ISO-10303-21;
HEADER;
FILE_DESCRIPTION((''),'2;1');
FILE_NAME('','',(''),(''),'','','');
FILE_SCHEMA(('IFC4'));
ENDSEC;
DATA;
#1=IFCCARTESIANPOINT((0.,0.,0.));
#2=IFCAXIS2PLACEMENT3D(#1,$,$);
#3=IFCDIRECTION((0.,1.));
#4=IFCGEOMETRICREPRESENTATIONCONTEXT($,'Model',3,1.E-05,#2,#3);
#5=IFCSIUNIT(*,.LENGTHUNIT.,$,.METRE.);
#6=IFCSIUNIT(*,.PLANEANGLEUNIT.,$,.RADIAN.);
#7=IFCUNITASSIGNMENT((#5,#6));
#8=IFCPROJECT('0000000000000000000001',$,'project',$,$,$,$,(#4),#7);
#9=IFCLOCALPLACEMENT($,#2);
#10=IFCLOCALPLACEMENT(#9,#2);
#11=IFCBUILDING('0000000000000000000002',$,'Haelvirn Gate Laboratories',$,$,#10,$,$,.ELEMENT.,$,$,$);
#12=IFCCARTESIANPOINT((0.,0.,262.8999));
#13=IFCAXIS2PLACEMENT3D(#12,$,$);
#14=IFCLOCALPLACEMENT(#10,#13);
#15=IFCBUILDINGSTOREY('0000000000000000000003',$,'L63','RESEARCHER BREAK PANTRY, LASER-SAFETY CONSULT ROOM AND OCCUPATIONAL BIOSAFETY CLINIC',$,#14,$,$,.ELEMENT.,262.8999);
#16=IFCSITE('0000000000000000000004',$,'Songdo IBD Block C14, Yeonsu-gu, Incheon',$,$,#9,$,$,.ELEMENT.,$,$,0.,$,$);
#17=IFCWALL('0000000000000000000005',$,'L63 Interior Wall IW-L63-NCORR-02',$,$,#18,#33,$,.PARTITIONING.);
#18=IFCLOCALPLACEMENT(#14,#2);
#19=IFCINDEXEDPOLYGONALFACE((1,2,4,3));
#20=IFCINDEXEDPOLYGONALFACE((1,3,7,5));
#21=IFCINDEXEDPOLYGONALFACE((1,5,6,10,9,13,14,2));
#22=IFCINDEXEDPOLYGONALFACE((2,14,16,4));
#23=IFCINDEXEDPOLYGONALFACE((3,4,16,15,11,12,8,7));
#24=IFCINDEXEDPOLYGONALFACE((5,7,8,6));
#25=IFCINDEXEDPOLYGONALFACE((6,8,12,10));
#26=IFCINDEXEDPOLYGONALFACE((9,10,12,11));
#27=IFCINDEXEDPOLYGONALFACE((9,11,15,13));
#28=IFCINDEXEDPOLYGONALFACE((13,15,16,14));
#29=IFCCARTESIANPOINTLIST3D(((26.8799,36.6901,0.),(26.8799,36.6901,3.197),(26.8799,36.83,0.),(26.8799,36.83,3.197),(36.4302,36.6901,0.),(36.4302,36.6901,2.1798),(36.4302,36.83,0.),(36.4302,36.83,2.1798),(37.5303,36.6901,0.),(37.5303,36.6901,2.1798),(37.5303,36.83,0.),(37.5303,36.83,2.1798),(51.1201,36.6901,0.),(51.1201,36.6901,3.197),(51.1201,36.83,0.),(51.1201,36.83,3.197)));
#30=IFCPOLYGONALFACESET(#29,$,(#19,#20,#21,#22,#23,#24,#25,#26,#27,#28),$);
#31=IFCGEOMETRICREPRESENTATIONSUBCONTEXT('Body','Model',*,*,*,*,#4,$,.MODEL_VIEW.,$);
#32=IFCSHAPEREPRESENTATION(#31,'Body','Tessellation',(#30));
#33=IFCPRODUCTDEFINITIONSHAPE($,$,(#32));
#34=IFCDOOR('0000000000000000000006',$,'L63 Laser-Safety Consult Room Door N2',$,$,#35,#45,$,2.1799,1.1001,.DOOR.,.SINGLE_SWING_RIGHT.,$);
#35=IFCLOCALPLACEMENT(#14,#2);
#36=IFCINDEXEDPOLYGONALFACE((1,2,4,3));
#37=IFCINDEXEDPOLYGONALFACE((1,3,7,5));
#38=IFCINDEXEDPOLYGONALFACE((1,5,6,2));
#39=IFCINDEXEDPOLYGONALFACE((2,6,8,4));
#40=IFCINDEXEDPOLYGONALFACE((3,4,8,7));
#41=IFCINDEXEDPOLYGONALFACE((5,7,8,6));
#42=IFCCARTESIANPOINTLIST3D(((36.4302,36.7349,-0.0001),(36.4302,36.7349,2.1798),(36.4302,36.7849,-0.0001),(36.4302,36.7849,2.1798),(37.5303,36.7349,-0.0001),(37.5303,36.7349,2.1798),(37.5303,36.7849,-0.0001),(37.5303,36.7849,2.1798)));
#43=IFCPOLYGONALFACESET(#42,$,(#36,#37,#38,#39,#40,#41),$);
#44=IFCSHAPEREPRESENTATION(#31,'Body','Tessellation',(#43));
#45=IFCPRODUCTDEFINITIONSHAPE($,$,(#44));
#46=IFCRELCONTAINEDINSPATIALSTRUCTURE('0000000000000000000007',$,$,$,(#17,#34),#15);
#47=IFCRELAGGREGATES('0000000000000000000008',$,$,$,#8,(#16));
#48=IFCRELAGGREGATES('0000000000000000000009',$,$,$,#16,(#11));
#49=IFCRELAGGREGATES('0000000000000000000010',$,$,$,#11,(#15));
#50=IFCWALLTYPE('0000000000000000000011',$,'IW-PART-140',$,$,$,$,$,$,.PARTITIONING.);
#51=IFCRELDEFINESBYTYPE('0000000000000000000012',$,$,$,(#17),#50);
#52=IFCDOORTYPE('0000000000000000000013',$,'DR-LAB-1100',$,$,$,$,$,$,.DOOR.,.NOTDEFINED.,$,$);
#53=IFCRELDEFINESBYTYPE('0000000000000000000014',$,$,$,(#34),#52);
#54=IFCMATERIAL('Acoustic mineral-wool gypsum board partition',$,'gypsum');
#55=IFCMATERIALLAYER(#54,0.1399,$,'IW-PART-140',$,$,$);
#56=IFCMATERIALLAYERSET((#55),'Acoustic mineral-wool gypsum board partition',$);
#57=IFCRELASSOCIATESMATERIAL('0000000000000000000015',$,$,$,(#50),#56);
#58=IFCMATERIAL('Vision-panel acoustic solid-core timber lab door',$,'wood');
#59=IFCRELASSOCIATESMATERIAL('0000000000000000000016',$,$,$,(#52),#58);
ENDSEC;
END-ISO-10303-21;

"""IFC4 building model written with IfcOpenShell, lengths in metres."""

from ifc_helpers import new_model, si_unit, direction, frame, frame_2d, origin, place, context, subcontext, project, spatial, rectangle, extrude, source, transform, mapped, material, layer, layer_set, type_object, type_shapes, element, fill, save


model = new_model("IFC4")

# Units and contexts
model_context = context("Model", 3, precision=1e-05, world=origin(), true_north=direction((0.0, 1.0)))
body_context = subcontext(model_context, "Body", "Model", "MODEL_VIEW")
ifc_project = project(units=[si_unit("LENGTHUNIT", "METRE"), si_unit("PLANEANGLEUNIT", "RADIAN")], contexts=[model_context])

# Site, building, storey
site_placement = place(None, origin())
site = spatial("IfcSite", under=ifc_project, at=site_placement, Name="Songdo IBD Block C14, Yeonsu-gu, Incheon", CompositionType="ELEMENT", RefElevation=0.0)
building_placement = place(site_placement, origin())
building = spatial("IfcBuilding", under=site, at=building_placement, Name="Haelvirn Gate Laboratories", CompositionType="ELEMENT")
storey_placement = place(building_placement, frame((0.0, 0.0, 262.8999)))
storey = spatial("IfcBuildingStorey", under=building, at=storey_placement, Name="L63", Description="RESEARCHER BREAK PANTRY, LASER-SAFETY CONSULT ROOM AND OCCUPATIONAL BIOSAFETY CLINIC", CompositionType="ELEMENT", Elevation=262.8999)

# Wall, opening, door
ifc_material_1 = material(Name="Acoustic mineral-wool gypsum board partition", Category="gypsum")
ifc_layer_1 = layer(ifc_material_1, 0.1399, Name="IW-PART-140")
ifc_layer_set_1 = layer_set([ifc_layer_1], Name="Acoustic mineral-wool gypsum board partition")
wall_type_1 = type_object("IfcWallType", Name="IW-PART-140", PredefinedType="PARTITIONING", material=ifc_layer_set_1)
wall_1_placement = place(storey_placement, frame((26.8799, 36.76, 0.0), z_axis=(0.0, 0.0, 1.0), x_axis=(1.0, 0.0, 0.0)))
wall_1 = element("IfcWall", 1, at=wall_1_placement, inside=storey, type_object=wall_type_1, Name="L63 Interior Wall IW-L63-NCORR-02", PredefinedType="PARTITIONING", context=body_context, shape_type="SweptSolid", body=[
    extrude(rectangle(XDim=24.2402, YDim=0.1399, at=frame_2d((12.1201, 0.0))), origin(), (0.0, 0.0, 1.0), 3.197),
])
opening_placement = place(wall_1_placement, frame((9.5503, 0.0, 0.0)))
opening = element("IfcOpeningElement", 2, at=opening_placement, cuts=wall_1, PredefinedType="OPENING", context=body_context, shape_type="SweptSolid", body=[
    extrude(rectangle(XDim=1.1001, YDim=2.1799, at=frame_2d((0.55, 1.0898))), frame((0.0, 0.0801, 0.0), z_axis=(0.0, -1.0, 0.0), x_axis=(1.0, 0.0, 0.0)), (0.0, 0.0, 1.0), 0.1599),
])
ifc_material_2 = material(Name="Vision-panel acoustic solid-core timber lab door", Category="wood")
door_type = type_object("IfcDoorType", Name="DR-LAB-1100", OperationType="NOTDEFINED", PredefinedType="DOOR", material=ifc_material_2)
shared_shape_1 = source(origin(), body_context, "Body", "SweptSolid", [
    extrude(rectangle(XDim=1.1001, YDim=2.1799, at=frame_2d((0.55, 1.0898))), frame((0.0, 0.0249, 0.0), z_axis=(0.0, -1.0, 0.0), x_axis=(1.0, 0.0, 0.0)), (0.0, 0.0, 1.0), 0.05),
])
type_shapes(door_type, [shared_shape_1])
door_placement = place(opening_placement, origin())
door = element("IfcDoor", 3, at=door_placement, inside=storey, type_object=door_type, Name="L63 Laser-Safety Consult Room Door N2", OperationType="SINGLE_SWING_RIGHT", OverallHeight=2.1799, OverallWidth=1.1001, PredefinedType="DOOR", context=body_context, shape_type="MappedRepresentation", body=[
    mapped(shared_shape_1, transform((0.0, 0.0, 0.0), scale=1.0)),
])
fill(opening, door)

save(model, "model.ifc")
